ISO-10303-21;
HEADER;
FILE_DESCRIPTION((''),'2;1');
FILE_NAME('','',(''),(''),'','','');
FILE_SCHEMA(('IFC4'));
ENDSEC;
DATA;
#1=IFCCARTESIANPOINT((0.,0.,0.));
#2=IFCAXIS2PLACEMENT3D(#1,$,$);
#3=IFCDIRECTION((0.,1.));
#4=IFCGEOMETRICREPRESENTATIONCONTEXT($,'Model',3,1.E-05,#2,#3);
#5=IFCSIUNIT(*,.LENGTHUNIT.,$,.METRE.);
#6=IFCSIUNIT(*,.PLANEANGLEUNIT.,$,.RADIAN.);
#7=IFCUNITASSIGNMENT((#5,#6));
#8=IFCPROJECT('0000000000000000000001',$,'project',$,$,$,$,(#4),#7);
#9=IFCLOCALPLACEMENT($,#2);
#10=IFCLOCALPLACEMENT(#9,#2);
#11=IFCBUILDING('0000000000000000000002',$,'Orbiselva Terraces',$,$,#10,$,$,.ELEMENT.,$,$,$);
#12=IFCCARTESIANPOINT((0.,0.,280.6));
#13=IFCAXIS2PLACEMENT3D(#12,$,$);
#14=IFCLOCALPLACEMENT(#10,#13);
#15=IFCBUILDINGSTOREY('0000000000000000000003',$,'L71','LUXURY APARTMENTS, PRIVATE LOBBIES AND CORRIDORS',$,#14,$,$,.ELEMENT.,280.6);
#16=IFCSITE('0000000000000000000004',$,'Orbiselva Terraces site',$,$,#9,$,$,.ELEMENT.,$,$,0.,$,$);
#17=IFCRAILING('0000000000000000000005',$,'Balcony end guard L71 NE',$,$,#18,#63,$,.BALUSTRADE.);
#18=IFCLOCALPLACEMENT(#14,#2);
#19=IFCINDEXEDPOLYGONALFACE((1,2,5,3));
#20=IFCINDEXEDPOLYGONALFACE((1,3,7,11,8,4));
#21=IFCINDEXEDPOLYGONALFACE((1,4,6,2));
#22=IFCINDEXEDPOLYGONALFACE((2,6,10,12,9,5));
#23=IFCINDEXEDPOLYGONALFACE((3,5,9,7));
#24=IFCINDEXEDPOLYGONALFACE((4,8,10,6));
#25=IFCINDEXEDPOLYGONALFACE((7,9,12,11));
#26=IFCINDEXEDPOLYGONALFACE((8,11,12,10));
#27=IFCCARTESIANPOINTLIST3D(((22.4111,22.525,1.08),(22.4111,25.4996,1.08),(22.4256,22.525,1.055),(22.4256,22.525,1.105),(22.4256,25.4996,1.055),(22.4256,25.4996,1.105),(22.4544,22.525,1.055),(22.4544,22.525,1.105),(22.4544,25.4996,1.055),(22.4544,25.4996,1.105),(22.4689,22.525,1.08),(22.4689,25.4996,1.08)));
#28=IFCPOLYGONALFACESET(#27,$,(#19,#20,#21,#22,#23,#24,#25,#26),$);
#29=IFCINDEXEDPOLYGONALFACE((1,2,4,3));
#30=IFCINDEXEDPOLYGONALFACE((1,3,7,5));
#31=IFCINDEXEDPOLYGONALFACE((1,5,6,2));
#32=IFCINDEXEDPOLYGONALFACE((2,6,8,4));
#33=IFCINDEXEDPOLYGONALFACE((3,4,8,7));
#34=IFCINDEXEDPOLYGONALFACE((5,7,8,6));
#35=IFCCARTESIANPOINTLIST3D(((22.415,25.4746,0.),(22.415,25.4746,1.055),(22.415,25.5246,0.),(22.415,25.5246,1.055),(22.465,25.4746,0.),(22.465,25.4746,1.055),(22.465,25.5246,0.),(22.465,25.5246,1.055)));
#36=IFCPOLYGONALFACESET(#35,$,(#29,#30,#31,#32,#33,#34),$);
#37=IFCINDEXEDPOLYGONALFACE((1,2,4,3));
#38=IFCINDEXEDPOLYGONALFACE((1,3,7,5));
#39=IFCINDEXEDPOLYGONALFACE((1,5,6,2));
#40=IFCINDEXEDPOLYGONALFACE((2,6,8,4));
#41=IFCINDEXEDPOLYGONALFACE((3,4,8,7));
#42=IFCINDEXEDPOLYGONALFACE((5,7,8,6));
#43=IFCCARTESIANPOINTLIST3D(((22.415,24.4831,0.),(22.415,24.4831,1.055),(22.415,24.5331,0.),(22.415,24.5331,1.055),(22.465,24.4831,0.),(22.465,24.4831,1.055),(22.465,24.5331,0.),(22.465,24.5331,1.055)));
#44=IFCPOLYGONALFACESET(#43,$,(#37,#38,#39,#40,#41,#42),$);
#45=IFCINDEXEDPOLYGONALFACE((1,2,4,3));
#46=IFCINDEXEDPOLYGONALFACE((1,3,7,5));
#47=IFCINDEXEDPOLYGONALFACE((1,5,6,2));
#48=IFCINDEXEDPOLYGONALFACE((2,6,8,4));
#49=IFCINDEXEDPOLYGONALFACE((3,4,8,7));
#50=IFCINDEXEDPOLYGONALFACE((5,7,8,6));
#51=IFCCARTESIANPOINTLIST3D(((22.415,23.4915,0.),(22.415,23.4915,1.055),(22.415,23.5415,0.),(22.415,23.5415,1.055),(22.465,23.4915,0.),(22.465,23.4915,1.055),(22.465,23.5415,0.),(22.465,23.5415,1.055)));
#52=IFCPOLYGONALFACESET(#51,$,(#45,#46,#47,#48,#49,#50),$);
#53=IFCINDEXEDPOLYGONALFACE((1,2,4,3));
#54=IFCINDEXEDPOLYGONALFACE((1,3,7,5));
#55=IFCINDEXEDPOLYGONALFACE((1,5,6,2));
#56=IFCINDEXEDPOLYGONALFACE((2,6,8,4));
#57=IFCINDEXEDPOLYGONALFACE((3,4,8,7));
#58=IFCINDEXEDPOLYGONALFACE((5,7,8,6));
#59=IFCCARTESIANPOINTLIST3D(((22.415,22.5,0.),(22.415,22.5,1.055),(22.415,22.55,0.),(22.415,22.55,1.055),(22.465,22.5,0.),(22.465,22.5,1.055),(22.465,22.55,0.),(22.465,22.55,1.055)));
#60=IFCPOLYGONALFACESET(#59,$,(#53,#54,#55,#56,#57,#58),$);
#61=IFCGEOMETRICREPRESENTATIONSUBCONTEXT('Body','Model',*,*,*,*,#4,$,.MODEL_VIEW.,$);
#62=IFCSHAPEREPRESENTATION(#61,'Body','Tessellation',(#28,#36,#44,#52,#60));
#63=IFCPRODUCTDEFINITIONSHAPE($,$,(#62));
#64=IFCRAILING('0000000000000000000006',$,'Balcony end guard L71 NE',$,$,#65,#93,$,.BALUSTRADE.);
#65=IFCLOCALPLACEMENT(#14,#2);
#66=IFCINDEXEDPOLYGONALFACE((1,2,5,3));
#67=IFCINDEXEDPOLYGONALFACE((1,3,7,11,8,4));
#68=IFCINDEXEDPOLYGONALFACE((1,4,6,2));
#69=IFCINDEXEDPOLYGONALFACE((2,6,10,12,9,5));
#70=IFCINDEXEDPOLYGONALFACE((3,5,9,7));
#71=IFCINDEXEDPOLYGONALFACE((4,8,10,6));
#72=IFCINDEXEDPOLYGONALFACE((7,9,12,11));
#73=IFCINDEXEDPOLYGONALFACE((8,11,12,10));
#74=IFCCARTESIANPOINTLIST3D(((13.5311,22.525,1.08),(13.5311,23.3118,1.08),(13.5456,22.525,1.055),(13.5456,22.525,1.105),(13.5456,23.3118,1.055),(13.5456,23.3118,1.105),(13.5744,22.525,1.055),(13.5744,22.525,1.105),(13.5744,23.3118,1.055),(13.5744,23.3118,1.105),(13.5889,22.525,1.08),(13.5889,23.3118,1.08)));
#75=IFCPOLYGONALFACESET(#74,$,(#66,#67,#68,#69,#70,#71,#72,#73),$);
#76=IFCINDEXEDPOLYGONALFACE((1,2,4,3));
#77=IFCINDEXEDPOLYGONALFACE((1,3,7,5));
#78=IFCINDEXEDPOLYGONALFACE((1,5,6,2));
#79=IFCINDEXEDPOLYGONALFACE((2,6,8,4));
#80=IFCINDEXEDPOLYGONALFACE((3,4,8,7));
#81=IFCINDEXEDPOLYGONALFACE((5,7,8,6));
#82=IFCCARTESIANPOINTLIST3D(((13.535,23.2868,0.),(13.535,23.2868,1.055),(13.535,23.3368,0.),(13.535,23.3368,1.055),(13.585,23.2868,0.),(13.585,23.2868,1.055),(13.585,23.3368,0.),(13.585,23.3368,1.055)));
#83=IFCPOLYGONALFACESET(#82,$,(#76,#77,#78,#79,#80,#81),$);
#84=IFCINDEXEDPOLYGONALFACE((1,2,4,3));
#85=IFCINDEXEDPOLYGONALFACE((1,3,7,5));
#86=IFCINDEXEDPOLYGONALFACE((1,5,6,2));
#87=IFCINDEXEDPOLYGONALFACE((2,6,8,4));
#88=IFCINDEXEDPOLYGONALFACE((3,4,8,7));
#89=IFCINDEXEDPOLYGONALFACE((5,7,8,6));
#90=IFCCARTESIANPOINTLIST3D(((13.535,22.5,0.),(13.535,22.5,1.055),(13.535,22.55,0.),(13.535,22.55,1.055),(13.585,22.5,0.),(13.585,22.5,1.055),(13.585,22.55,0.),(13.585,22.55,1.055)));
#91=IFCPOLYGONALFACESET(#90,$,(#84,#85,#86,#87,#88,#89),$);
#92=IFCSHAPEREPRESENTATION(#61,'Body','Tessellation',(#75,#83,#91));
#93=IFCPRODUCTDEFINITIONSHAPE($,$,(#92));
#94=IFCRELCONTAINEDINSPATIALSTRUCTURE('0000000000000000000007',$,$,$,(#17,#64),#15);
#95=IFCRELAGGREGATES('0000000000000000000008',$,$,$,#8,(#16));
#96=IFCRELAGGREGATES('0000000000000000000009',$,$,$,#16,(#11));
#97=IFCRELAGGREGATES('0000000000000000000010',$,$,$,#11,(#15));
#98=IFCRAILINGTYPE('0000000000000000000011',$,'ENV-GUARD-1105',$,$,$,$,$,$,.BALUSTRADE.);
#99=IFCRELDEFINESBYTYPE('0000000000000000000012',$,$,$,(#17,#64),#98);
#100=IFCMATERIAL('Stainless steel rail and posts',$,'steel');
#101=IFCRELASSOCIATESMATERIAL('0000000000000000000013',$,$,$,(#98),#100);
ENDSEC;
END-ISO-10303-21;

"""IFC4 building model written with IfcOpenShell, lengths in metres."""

from ifc_helpers import new_model, si_unit, direction, frame, origin, origin_2d, place, context, subcontext, project, spatial, polyline, rectangle, outline, extrude, material, type_object, element, save


model = new_model("IFC4")

# Units and contexts
model_context = context("Model", 3, precision=1e-05, world=origin(), true_north=direction((0.0, 1.0)))
body_context = subcontext(model_context, "Body", "Model", "MODEL_VIEW")
ifc_project = project(units=[si_unit("LENGTHUNIT", "METRE"), si_unit("PLANEANGLEUNIT", "RADIAN")], contexts=[model_context])

# Site, building, storey
site_placement = place(None, origin())
site = spatial("IfcSite", under=ifc_project, at=site_placement, Name="Orbiselva Terraces site", CompositionType="ELEMENT", RefElevation=0.0)
building_placement = place(site_placement, origin())
building = spatial("IfcBuilding", under=site, at=building_placement, Name="Orbiselva Terraces", CompositionType="ELEMENT")
storey_placement = place(building_placement, frame((0.0, 0.0, 280.6)))
storey = spatial("IfcBuildingStorey", under=building, at=storey_placement, Name="L71", Description="LUXURY APARTMENTS, PRIVATE LOBBIES AND CORRIDORS", CompositionType="ELEMENT", Elevation=280.6)

# Railings
ifc_material_1 = material(Name="Stainless steel rail and posts", Category="steel")
railing_type_1 = type_object("IfcRailingType", Name="ENV-GUARD-1105", PredefinedType="BALUSTRADE", material=ifc_material_1)
railing_1_placement = place(storey_placement, frame((22.44, 25.4996, 0.0)))
element("IfcRailing", 1, at=railing_1_placement, inside=storey, type_object=railing_type_1, Name="Balcony end guard L71 NE", PredefinedType="BALUSTRADE", context=body_context, shape_type="SweptSolid", body=[
    extrude(outline(polyline([(0.0289, 0.0), (0.0144, 0.025), (-0.0144, 0.025), (-0.0289, 0.0), (-0.0144, -0.025), (0.0144, -0.025), (0.0289, 0.0)])), frame((0.0, 0.0, 1.08), z_axis=(0.0, -1.0, 0.0), x_axis=(1.0, 0.0, 0.0)), (0.0, 0.0, 1.0), 2.9746),
    extrude(rectangle(XDim=0.05, YDim=0.05, at=origin_2d()), origin(), (0.0, 0.0, 1.0), 1.055),
    extrude(rectangle(XDim=0.05, YDim=0.05, at=origin_2d()), frame((0.0, -0.9915, 0.0)), (0.0, 0.0, 1.0), 1.055),
    extrude(rectangle(XDim=0.05, YDim=0.05, at=origin_2d()), frame((0.0, -1.9831, 0.0)), (0.0, 0.0, 1.0), 1.055),
    extrude(rectangle(XDim=0.05, YDim=0.05, at=origin_2d()), frame((0.0, -2.9746, 0.0)), (0.0, 0.0, 1.0), 1.055),
])
railing_2_placement = place(storey_placement, frame((13.56, 23.3118, 0.0)))
element("IfcRailing", 2, at=railing_2_placement, inside=storey, type_object=railing_type_1, Name="Balcony end guard L71 NE", PredefinedType="BALUSTRADE", context=body_context, shape_type="SweptSolid", body=[
    extrude(outline(polyline([(0.0289, 0.0), (0.0144, 0.025), (-0.0144, 0.025), (-0.0289, 0.0), (-0.0144, -0.025), (0.0144, -0.025), (0.0289, 0.0)])), frame((0.0, 0.0, 1.08), z_axis=(0.0, -1.0, 0.0), x_axis=(1.0, 0.0, 0.0)), (0.0, 0.0, 1.0), 0.7868),
    extrude(rectangle(XDim=0.05, YDim=0.05, at=origin_2d()), origin(), (0.0, 0.0, 1.0), 1.055),
    extrude(rectangle(XDim=0.05, YDim=0.05, at=origin_2d()), frame((0.0, -0.7868, 0.0)), (0.0, 0.0, 1.0), 1.055),
])

save(model, "model.ifc")
